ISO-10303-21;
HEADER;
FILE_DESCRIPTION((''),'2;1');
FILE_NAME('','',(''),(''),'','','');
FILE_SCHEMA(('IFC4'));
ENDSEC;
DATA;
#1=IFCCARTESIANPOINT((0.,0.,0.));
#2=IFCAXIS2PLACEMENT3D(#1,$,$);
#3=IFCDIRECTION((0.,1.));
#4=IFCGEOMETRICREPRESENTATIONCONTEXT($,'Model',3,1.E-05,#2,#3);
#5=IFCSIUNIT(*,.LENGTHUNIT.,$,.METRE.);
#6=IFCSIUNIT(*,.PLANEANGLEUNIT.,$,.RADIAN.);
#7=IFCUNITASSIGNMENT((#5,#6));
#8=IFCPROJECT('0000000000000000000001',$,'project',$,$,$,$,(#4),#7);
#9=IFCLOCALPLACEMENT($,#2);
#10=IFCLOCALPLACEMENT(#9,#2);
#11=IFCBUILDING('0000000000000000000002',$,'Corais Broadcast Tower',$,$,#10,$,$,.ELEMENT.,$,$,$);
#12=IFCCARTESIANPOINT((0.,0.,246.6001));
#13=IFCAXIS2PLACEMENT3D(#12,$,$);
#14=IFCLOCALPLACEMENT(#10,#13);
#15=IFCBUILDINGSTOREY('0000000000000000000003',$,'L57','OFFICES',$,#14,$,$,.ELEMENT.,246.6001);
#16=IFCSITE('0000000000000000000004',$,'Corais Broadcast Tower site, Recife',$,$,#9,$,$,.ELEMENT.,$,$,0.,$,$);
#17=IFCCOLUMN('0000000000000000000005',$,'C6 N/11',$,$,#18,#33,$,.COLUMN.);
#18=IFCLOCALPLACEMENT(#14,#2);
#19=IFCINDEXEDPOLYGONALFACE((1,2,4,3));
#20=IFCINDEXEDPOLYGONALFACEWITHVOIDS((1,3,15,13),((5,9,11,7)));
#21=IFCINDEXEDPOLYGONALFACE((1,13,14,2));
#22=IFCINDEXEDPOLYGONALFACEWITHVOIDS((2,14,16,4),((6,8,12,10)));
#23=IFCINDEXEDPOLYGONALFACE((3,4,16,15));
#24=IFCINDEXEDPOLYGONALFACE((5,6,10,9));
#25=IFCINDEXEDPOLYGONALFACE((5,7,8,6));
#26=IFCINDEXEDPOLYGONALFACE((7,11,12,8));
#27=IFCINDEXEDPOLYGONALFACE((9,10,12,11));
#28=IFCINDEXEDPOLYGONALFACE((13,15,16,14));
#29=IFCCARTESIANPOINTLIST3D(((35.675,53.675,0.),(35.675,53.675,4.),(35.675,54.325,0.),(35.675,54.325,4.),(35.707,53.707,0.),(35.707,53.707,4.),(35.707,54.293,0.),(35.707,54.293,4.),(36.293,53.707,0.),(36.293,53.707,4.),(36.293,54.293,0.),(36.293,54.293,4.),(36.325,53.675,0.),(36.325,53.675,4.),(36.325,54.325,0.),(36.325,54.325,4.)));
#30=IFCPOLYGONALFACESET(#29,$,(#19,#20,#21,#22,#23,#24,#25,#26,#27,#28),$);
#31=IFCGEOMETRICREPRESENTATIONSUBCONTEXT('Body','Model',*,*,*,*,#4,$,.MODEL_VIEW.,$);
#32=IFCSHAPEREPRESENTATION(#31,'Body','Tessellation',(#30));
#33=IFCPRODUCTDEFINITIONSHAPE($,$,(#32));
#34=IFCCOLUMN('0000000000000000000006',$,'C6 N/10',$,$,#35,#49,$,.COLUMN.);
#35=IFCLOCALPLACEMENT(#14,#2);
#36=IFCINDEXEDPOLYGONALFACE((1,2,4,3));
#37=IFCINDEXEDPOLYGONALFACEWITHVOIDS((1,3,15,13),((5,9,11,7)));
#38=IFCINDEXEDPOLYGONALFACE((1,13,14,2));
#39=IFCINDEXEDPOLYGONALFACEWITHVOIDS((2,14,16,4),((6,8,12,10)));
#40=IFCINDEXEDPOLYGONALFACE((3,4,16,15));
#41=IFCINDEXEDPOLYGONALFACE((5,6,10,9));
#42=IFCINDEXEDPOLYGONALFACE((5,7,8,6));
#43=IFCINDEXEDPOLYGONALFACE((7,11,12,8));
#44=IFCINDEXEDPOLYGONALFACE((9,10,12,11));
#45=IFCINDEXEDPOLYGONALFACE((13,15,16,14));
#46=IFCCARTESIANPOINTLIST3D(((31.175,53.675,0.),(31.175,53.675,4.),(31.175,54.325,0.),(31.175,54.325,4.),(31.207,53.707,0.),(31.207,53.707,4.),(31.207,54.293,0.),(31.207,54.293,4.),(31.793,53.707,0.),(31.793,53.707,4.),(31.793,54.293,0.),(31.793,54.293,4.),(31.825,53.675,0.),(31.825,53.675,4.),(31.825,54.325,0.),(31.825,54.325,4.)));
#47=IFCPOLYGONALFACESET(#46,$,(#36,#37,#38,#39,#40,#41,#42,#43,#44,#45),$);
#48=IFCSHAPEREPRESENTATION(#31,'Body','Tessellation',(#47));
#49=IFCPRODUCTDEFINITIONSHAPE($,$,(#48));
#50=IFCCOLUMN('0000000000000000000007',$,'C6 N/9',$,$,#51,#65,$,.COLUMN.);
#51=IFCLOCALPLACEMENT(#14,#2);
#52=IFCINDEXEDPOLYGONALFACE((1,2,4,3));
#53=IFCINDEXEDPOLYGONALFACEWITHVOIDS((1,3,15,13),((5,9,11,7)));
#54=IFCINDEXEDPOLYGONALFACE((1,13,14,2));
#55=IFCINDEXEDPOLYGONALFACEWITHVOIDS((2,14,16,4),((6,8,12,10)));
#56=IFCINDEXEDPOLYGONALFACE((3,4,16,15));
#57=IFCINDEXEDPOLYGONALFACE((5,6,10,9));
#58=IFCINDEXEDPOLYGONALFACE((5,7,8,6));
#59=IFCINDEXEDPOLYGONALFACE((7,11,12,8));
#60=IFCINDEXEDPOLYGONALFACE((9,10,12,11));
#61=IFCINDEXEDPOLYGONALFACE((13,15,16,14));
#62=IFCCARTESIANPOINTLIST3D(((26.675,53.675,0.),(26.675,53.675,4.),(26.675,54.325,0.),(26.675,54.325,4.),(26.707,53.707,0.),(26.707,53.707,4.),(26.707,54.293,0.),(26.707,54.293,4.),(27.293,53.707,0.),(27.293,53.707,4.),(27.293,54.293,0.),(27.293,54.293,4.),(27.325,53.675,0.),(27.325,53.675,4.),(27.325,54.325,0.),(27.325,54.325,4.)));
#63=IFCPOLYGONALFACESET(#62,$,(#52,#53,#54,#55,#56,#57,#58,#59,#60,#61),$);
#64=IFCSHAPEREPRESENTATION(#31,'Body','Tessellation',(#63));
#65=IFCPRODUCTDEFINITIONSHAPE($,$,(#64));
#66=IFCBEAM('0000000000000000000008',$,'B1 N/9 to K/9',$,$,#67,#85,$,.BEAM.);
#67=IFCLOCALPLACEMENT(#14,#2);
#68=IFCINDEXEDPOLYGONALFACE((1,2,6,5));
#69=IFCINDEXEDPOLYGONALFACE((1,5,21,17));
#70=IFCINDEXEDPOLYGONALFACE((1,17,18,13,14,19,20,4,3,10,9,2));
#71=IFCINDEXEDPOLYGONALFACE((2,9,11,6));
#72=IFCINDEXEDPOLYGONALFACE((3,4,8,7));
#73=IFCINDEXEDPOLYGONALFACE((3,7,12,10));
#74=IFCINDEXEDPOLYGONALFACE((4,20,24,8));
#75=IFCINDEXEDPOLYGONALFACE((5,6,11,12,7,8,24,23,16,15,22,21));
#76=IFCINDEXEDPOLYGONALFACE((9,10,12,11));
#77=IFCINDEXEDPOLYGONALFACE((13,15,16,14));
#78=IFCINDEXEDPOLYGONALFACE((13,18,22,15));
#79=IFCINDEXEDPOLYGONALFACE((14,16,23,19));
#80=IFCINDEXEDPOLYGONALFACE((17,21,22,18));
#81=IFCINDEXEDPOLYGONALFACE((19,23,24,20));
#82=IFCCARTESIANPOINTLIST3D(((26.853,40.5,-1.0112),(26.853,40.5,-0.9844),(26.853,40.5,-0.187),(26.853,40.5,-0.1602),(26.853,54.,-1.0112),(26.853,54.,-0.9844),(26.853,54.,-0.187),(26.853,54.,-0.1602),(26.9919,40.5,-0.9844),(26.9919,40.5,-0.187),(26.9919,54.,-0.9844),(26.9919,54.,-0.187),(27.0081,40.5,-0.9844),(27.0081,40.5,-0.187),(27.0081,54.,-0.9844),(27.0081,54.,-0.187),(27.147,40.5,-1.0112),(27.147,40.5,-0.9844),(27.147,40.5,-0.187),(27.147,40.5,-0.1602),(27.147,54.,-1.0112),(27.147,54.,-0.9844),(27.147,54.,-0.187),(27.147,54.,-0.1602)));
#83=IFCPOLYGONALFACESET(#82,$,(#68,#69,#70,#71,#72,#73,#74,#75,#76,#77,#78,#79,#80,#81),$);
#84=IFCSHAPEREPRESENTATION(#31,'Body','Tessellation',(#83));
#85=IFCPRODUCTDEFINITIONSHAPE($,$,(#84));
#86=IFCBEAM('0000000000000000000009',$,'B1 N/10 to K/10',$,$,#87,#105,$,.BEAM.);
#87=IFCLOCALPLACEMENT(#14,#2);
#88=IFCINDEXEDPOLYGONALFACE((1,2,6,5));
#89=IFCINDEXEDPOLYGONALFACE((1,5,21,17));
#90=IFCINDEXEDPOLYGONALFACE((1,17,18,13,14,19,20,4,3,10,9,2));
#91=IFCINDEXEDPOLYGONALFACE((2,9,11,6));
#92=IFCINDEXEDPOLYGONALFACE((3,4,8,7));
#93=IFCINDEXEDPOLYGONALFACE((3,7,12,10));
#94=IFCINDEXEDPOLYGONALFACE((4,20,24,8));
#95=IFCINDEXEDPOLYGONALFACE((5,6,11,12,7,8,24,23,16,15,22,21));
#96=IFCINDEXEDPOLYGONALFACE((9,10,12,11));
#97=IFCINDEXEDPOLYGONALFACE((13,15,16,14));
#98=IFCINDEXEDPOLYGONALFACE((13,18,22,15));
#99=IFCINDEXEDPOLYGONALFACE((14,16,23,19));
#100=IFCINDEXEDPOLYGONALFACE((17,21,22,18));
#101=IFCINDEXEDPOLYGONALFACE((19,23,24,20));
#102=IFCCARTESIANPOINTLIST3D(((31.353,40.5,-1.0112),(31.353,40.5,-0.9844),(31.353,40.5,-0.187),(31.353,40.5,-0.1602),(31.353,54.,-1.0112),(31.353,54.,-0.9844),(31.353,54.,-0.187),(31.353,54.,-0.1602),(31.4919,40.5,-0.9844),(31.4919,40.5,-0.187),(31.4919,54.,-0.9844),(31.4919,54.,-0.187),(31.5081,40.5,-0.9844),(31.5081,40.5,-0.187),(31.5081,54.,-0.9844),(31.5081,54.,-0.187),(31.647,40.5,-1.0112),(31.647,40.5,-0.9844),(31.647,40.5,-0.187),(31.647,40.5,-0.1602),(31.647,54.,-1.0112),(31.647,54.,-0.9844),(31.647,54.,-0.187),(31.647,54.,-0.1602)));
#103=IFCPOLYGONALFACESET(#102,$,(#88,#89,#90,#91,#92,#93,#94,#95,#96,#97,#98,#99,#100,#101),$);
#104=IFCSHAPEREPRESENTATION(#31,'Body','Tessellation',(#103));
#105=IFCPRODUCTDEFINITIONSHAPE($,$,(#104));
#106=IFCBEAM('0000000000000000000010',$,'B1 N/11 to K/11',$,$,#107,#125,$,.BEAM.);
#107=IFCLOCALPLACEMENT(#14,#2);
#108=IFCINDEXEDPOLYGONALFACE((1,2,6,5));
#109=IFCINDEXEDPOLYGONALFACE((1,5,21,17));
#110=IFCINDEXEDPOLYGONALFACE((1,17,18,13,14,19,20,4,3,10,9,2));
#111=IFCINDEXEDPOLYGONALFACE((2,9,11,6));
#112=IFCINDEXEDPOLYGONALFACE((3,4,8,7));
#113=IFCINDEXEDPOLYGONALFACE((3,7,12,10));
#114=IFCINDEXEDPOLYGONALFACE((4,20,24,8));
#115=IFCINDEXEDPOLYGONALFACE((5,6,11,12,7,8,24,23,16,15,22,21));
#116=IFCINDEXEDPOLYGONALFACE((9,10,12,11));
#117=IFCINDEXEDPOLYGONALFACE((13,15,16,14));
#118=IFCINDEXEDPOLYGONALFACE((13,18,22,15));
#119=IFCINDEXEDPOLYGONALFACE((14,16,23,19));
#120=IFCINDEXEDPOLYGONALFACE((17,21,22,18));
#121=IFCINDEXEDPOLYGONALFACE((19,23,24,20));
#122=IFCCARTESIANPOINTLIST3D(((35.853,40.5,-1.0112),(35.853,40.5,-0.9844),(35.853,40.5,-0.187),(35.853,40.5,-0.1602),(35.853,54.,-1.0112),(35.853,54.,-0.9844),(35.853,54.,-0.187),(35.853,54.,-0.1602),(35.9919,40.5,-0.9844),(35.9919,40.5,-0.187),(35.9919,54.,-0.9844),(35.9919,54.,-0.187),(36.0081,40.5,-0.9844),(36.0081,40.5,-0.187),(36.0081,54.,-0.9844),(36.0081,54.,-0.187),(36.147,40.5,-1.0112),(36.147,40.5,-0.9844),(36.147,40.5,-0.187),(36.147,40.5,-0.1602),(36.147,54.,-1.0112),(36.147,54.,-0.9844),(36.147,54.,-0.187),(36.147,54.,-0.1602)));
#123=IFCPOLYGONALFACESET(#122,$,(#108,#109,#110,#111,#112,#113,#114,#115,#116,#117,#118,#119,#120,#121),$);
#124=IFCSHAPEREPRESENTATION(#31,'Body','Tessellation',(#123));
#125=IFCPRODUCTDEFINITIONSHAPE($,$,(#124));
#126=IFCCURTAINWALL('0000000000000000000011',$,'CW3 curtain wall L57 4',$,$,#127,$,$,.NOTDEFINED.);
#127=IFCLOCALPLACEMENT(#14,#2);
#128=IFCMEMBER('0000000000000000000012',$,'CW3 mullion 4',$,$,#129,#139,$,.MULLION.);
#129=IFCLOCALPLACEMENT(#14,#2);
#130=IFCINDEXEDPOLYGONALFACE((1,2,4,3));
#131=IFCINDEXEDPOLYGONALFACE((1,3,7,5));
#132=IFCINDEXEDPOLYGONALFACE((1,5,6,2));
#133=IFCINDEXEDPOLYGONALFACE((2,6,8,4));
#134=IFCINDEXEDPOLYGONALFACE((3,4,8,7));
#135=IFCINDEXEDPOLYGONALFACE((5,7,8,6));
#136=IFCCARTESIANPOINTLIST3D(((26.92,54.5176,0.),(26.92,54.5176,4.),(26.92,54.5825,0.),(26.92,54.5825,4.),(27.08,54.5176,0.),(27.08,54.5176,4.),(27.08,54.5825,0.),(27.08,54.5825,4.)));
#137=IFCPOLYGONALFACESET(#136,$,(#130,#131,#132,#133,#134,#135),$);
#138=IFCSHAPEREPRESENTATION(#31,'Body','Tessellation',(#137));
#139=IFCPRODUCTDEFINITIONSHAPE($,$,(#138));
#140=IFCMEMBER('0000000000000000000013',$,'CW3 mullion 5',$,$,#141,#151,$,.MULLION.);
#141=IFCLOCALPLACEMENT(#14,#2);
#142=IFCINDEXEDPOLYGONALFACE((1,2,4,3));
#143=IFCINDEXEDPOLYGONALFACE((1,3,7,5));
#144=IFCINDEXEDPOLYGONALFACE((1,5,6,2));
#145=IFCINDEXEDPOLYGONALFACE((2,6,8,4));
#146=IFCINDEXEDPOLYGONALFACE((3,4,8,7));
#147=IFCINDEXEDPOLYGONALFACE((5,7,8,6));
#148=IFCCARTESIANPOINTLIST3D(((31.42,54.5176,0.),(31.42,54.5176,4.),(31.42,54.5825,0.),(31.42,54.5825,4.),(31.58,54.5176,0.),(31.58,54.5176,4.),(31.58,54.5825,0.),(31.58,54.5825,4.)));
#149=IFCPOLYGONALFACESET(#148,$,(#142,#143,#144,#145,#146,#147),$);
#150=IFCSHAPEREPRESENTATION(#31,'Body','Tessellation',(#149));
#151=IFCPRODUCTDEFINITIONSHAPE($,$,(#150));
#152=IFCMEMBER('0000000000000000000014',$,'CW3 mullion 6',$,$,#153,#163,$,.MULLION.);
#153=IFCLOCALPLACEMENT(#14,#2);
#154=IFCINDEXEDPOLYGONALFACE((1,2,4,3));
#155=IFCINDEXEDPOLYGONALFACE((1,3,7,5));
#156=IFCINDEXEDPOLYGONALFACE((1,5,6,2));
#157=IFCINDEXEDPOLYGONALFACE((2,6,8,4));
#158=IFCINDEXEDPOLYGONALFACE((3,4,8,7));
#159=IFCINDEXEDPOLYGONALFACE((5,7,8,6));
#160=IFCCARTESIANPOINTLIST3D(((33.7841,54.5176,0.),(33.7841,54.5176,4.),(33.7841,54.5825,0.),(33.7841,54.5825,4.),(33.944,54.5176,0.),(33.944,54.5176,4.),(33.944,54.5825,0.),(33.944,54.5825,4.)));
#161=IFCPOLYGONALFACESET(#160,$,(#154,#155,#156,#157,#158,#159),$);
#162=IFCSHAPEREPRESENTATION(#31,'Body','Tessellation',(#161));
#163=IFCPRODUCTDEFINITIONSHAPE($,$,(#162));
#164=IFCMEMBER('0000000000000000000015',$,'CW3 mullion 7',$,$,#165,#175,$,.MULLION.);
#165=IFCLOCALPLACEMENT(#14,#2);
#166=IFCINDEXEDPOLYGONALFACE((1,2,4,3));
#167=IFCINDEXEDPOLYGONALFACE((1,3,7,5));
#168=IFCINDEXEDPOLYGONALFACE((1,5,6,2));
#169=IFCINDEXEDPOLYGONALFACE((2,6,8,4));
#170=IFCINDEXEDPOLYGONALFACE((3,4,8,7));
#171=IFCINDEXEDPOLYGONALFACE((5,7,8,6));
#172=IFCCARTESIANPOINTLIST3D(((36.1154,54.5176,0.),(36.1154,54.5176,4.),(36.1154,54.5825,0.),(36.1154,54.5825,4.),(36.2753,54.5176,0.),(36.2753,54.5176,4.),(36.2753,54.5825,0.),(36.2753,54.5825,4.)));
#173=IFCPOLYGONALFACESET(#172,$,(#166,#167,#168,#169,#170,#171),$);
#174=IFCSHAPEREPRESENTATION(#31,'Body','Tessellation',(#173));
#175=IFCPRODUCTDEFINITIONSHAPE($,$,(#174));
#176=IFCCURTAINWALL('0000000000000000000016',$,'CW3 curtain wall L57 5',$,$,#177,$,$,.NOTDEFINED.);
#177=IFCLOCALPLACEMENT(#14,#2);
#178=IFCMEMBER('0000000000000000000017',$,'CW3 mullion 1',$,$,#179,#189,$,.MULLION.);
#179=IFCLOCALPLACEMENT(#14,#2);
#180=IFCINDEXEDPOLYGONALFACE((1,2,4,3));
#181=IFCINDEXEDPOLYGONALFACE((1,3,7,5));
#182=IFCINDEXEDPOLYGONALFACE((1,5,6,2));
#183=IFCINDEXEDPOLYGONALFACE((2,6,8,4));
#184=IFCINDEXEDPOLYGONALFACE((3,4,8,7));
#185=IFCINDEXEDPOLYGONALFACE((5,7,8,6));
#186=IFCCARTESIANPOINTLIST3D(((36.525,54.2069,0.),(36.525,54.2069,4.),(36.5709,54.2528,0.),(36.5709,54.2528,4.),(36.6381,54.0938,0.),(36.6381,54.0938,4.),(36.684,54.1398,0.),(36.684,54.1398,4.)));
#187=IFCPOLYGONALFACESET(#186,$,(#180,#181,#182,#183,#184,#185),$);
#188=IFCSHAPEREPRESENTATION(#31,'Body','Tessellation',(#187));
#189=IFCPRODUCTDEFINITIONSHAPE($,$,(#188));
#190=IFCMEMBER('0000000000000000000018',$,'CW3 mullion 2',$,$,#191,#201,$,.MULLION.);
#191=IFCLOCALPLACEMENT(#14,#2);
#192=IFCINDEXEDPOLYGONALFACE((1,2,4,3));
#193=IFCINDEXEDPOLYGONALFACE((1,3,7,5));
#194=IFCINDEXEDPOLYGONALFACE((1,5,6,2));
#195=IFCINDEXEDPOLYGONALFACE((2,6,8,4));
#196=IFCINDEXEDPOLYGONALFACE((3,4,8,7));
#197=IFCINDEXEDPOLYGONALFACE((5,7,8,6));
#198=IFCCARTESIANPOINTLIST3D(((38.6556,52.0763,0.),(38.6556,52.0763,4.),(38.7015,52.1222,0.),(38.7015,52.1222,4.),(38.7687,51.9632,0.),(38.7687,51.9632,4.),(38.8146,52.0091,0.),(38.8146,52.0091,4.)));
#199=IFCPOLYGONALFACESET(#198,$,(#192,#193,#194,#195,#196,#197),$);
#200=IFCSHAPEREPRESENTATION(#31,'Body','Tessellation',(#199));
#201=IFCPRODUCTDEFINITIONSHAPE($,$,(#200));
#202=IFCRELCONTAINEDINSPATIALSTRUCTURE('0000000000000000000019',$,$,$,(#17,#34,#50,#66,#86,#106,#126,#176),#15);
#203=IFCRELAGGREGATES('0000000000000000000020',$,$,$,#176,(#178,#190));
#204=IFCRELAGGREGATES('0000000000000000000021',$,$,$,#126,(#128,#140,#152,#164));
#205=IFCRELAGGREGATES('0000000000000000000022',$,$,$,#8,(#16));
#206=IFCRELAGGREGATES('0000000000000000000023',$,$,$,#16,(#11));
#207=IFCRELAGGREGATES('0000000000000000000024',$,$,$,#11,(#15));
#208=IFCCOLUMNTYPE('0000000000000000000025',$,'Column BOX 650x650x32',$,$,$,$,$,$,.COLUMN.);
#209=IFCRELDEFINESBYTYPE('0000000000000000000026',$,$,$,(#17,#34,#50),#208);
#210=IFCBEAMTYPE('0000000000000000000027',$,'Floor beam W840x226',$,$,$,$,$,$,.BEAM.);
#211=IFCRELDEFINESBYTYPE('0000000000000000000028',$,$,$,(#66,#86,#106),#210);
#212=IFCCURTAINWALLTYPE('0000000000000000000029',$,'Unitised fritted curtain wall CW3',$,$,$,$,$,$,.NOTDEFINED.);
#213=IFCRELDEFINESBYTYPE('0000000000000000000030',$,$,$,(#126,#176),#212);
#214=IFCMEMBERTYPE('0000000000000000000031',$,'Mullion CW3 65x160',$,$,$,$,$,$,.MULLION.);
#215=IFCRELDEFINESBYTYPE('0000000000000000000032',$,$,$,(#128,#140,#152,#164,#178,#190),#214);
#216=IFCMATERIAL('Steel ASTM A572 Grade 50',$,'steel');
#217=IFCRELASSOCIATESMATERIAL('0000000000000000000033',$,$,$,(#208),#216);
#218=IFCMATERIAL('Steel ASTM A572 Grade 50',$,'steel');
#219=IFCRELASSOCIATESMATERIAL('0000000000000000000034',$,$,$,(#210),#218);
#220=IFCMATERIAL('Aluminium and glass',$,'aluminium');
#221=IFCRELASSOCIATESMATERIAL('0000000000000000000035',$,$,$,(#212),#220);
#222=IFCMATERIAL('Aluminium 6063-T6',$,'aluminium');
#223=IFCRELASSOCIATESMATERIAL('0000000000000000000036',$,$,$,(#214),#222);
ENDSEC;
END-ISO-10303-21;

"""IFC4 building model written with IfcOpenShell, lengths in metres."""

from ifc_helpers import new_model, si_unit, direction, frame, origin, origin_2d, place, context, subcontext, project, spatial, rectangle, hollow_rectangle, i_section, extrude, material, material_profile, profile_set, type_object, element, aggregate, save


model = new_model("IFC4")

# Units and contexts
model_context = context("Model", 3, precision=1e-05, world=origin(), true_north=direction((0.0, 1.0)))
body_context = subcontext(model_context, "Body", "Model", "MODEL_VIEW")
ifc_project = project(units=[si_unit("LENGTHUNIT", "METRE"), si_unit("PLANEANGLEUNIT", "RADIAN")], contexts=[model_context])

# Site, building, storey
site_placement = place(None, origin())
site = spatial("IfcSite", under=ifc_project, at=site_placement, Name="Corais Broadcast Tower site, Recife", CompositionType="ELEMENT", RefElevation=0.0)
building_placement = place(site_placement, origin())
building = spatial("IfcBuilding", under=site, at=building_placement, Name="Corais Broadcast Tower", CompositionType="ELEMENT")
storey_placement = place(building_placement, frame((0.0, 0.0, 246.6001)))
storey = spatial("IfcBuildingStorey", under=building, at=storey_placement, Name="L57", Description="OFFICES", CompositionType="ELEMENT", Elevation=246.6001)

# Columns
ifc_material_1 = material(Name="Steel ASTM A572 Grade 50", Category="steel")
ifc_material_profile_1 = material_profile(ifc_material_1, hollow_rectangle(XDim=0.6499, YDim=0.6499, WallThickness=0.032, at=origin_2d()), Name="BOX 650x650x32")
ifc_profile_set_1 = profile_set([ifc_material_profile_1], Name="Steel ASTM A572 Grade 50")
column_type = type_object("IfcColumnType", Name="Column BOX 650x650x32", PredefinedType="COLUMN", material=ifc_profile_set_1)
for number, where, z_axis, x_axis, name in (
    (1, (36.0, 54.0, 0.0), (0.0, 0.0, 1.0), (1.0, 0.0, 0.0), "C6 N/11"),
    (2, (31.5, 54.0, 0.0), (0.0, 0.0, 1.0), (1.0, 0.0, 0.0), "C6 N/10"),
    (3, (27.0, 54.0, 0.0), (0.0, 0.0, 1.0), (1.0, 0.0, 0.0), "C6 N/9"),
):
    element("IfcColumn", number, at=place(storey_placement, frame(where, z_axis=z_axis, x_axis=x_axis)), inside=storey, type_object=column_type, Name=name, PredefinedType="COLUMN", context=body_context, shape_type="SweptSolid", body=[
        extrude(hollow_rectangle(XDim=0.6499, YDim=0.6499, WallThickness=0.032, at=origin_2d()), origin(), (0.0, 0.0, 1.0), 4.0),
    ])

# Beams
ifc_material_2 = material(Name="Steel ASTM A572 Grade 50", Category="steel")
ifc_material_profile_2 = material_profile(ifc_material_2, i_section(OverallWidth=0.2939, OverallDepth=0.8511, WebThickness=0.0161, FlangeThickness=0.0269, at=origin_2d()), Name="W840x226")
ifc_profile_set_2 = profile_set([ifc_material_profile_2], Name="Steel ASTM A572 Grade 50")
beam_type_1 = type_object("IfcBeamType", Name="Floor beam W840x226", PredefinedType="BEAM", material=ifc_profile_set_2)
for number, where, z_axis, x_axis, name in (
    (4, (27.0, 54.0, -0.5857), (0.0, -1.0, 0.0), (1.0, 0.0, 0.0), "B1 N/9 to K/9"),
    (5, (31.5, 54.0, -0.5857), (0.0, -1.0, 0.0), (1.0, 0.0, 0.0), "B1 N/10 to K/10"),
    (6, (36.0, 54.0, -0.5857), (0.0, -1.0, 0.0), (1.0, 0.0, 0.0), "B1 N/11 to K/11"),
):
    element("IfcBeam", number, at=place(storey_placement, frame(where, z_axis=z_axis, x_axis=x_axis)), inside=storey, type_object=beam_type_1, Name=name, PredefinedType="BEAM", context=body_context, shape_type="SweptSolid", body=[
        extrude(i_section(OverallWidth=0.2939, OverallDepth=0.8511, WebThickness=0.0161, FlangeThickness=0.0269, at=origin_2d()), origin(), (0.0, 0.0, 1.0), 13.5),
    ])

# Curtain walls, members
ifc_material_3 = material(Name="Aluminium and glass", Category="aluminium")
curtain_wall_type = type_object("IfcCurtainWallType", Name="Unitised fritted curtain wall CW3", PredefinedType="NOTDEFINED", material=ifc_material_3)
curtain_wall_1_placement = place(storey_placement, origin())
curtain_wall_1 = element("IfcCurtainWall", 7, at=curtain_wall_1_placement, inside=storey, type_object=curtain_wall_type, Name="CW3 curtain wall L57 4", PredefinedType="NOTDEFINED")
ifc_material_4 = material(Name="Aluminium 6063-T6", Category="aluminium")
ifc_material_profile_3 = material_profile(ifc_material_4, rectangle(XDim=0.0649, YDim=0.1599, at=origin_2d()), Name="Mullion CW3 65x160")
ifc_profile_set_3 = profile_set([ifc_material_profile_3], Name="Aluminium 6063-T6")
member_type_1 = type_object("IfcMemberType", Name="Mullion CW3 65x160", PredefinedType="MULLION", material=ifc_profile_set_3)
member_1_placement = place(storey_placement, frame((27.0, 54.55, 0.0), z_axis=(0.0, 0.0, 1.0), x_axis=(0.0, 1.0, 0.0)))
member_1 = element("IfcMember", 8, at=member_1_placement, type_object=member_type_1, Name="CW3 mullion 4", PredefinedType="MULLION", context=body_context, shape_type="SweptSolid", body=[
    extrude(rectangle(XDim=0.0649, YDim=0.1599, at=origin_2d()), origin(), (0.0, 0.0, 1.0), 4.0),
])
member_2_placement = place(storey_placement, frame((31.5, 54.55, 0.0), z_axis=(0.0, 0.0, 1.0), x_axis=(0.0, 1.0, 0.0)))
member_2 = element("IfcMember", 9, at=member_2_placement, type_object=member_type_1, Name="CW3 mullion 5", PredefinedType="MULLION", context=body_context, shape_type="SweptSolid", body=[
    extrude(rectangle(XDim=0.0649, YDim=0.1599, at=origin_2d()), origin(), (0.0, 0.0, 1.0), 4.0),
])
member_3_placement = place(storey_placement, frame((33.864, 54.55, 0.0), z_axis=(0.0, 0.0, 1.0), x_axis=(0.0, 1.0, 0.0)))
member_3 = element("IfcMember", 10, at=member_3_placement, type_object=member_type_1, Name="CW3 mullion 6", PredefinedType="MULLION", context=body_context, shape_type="SweptSolid", body=[
    extrude(rectangle(XDim=0.0649, YDim=0.1599, at=origin_2d()), origin(), (0.0, 0.0, 1.0), 4.0),
])
member_4_placement = place(storey_placement, frame((36.1953, 54.55, 0.0), z_axis=(0.0, 0.0, 1.0), x_axis=(0.0, 1.0, 0.0)))
member_4 = element("IfcMember", 11, at=member_4_placement, type_object=member_type_1, Name="CW3 mullion 7", PredefinedType="MULLION", context=body_context, shape_type="SweptSolid", body=[
    extrude(rectangle(XDim=0.0649, YDim=0.1599, at=origin_2d()), origin(), (0.0, 0.0, 1.0), 4.0),
])
curtain_wall_2_placement = place(storey_placement, origin())
curtain_wall_2 = element("IfcCurtainWall", 12, at=curtain_wall_2_placement, inside=storey, type_object=curtain_wall_type, Name="CW3 curtain wall L57 5", PredefinedType="NOTDEFINED")
member_5_placement = place(storey_placement, frame((36.6045, 54.1733, 0.0), z_axis=(0.0, 0.0, 1.0), x_axis=(0.707107, 0.707107, 0.0)))
member_5 = element("IfcMember", 13, at=member_5_placement, type_object=member_type_1, Name="CW3 mullion 1", PredefinedType="MULLION", context=body_context, shape_type="SweptSolid", body=[
    extrude(rectangle(XDim=0.0649, YDim=0.1599, at=origin_2d()), origin(), (0.0, 0.0, 1.0), 4.0),
])
member_6_placement = place(storey_placement, frame((38.7351, 52.0427, 0.0), z_axis=(0.0, 0.0, 1.0), x_axis=(0.707107, 0.707107, 0.0)))
member_6 = element("IfcMember", 14, at=member_6_placement, type_object=member_type_1, Name="CW3 mullion 2", PredefinedType="MULLION", context=body_context, shape_type="SweptSolid", body=[
    extrude(rectangle(XDim=0.0649, YDim=0.1599, at=origin_2d()), origin(), (0.0, 0.0, 1.0), 4.0),
])

aggregate(curtain_wall_2, [member_5, member_6])
aggregate(curtain_wall_1, [member_1, member_2, member_3, member_4])

save(model, "model.ifc")
